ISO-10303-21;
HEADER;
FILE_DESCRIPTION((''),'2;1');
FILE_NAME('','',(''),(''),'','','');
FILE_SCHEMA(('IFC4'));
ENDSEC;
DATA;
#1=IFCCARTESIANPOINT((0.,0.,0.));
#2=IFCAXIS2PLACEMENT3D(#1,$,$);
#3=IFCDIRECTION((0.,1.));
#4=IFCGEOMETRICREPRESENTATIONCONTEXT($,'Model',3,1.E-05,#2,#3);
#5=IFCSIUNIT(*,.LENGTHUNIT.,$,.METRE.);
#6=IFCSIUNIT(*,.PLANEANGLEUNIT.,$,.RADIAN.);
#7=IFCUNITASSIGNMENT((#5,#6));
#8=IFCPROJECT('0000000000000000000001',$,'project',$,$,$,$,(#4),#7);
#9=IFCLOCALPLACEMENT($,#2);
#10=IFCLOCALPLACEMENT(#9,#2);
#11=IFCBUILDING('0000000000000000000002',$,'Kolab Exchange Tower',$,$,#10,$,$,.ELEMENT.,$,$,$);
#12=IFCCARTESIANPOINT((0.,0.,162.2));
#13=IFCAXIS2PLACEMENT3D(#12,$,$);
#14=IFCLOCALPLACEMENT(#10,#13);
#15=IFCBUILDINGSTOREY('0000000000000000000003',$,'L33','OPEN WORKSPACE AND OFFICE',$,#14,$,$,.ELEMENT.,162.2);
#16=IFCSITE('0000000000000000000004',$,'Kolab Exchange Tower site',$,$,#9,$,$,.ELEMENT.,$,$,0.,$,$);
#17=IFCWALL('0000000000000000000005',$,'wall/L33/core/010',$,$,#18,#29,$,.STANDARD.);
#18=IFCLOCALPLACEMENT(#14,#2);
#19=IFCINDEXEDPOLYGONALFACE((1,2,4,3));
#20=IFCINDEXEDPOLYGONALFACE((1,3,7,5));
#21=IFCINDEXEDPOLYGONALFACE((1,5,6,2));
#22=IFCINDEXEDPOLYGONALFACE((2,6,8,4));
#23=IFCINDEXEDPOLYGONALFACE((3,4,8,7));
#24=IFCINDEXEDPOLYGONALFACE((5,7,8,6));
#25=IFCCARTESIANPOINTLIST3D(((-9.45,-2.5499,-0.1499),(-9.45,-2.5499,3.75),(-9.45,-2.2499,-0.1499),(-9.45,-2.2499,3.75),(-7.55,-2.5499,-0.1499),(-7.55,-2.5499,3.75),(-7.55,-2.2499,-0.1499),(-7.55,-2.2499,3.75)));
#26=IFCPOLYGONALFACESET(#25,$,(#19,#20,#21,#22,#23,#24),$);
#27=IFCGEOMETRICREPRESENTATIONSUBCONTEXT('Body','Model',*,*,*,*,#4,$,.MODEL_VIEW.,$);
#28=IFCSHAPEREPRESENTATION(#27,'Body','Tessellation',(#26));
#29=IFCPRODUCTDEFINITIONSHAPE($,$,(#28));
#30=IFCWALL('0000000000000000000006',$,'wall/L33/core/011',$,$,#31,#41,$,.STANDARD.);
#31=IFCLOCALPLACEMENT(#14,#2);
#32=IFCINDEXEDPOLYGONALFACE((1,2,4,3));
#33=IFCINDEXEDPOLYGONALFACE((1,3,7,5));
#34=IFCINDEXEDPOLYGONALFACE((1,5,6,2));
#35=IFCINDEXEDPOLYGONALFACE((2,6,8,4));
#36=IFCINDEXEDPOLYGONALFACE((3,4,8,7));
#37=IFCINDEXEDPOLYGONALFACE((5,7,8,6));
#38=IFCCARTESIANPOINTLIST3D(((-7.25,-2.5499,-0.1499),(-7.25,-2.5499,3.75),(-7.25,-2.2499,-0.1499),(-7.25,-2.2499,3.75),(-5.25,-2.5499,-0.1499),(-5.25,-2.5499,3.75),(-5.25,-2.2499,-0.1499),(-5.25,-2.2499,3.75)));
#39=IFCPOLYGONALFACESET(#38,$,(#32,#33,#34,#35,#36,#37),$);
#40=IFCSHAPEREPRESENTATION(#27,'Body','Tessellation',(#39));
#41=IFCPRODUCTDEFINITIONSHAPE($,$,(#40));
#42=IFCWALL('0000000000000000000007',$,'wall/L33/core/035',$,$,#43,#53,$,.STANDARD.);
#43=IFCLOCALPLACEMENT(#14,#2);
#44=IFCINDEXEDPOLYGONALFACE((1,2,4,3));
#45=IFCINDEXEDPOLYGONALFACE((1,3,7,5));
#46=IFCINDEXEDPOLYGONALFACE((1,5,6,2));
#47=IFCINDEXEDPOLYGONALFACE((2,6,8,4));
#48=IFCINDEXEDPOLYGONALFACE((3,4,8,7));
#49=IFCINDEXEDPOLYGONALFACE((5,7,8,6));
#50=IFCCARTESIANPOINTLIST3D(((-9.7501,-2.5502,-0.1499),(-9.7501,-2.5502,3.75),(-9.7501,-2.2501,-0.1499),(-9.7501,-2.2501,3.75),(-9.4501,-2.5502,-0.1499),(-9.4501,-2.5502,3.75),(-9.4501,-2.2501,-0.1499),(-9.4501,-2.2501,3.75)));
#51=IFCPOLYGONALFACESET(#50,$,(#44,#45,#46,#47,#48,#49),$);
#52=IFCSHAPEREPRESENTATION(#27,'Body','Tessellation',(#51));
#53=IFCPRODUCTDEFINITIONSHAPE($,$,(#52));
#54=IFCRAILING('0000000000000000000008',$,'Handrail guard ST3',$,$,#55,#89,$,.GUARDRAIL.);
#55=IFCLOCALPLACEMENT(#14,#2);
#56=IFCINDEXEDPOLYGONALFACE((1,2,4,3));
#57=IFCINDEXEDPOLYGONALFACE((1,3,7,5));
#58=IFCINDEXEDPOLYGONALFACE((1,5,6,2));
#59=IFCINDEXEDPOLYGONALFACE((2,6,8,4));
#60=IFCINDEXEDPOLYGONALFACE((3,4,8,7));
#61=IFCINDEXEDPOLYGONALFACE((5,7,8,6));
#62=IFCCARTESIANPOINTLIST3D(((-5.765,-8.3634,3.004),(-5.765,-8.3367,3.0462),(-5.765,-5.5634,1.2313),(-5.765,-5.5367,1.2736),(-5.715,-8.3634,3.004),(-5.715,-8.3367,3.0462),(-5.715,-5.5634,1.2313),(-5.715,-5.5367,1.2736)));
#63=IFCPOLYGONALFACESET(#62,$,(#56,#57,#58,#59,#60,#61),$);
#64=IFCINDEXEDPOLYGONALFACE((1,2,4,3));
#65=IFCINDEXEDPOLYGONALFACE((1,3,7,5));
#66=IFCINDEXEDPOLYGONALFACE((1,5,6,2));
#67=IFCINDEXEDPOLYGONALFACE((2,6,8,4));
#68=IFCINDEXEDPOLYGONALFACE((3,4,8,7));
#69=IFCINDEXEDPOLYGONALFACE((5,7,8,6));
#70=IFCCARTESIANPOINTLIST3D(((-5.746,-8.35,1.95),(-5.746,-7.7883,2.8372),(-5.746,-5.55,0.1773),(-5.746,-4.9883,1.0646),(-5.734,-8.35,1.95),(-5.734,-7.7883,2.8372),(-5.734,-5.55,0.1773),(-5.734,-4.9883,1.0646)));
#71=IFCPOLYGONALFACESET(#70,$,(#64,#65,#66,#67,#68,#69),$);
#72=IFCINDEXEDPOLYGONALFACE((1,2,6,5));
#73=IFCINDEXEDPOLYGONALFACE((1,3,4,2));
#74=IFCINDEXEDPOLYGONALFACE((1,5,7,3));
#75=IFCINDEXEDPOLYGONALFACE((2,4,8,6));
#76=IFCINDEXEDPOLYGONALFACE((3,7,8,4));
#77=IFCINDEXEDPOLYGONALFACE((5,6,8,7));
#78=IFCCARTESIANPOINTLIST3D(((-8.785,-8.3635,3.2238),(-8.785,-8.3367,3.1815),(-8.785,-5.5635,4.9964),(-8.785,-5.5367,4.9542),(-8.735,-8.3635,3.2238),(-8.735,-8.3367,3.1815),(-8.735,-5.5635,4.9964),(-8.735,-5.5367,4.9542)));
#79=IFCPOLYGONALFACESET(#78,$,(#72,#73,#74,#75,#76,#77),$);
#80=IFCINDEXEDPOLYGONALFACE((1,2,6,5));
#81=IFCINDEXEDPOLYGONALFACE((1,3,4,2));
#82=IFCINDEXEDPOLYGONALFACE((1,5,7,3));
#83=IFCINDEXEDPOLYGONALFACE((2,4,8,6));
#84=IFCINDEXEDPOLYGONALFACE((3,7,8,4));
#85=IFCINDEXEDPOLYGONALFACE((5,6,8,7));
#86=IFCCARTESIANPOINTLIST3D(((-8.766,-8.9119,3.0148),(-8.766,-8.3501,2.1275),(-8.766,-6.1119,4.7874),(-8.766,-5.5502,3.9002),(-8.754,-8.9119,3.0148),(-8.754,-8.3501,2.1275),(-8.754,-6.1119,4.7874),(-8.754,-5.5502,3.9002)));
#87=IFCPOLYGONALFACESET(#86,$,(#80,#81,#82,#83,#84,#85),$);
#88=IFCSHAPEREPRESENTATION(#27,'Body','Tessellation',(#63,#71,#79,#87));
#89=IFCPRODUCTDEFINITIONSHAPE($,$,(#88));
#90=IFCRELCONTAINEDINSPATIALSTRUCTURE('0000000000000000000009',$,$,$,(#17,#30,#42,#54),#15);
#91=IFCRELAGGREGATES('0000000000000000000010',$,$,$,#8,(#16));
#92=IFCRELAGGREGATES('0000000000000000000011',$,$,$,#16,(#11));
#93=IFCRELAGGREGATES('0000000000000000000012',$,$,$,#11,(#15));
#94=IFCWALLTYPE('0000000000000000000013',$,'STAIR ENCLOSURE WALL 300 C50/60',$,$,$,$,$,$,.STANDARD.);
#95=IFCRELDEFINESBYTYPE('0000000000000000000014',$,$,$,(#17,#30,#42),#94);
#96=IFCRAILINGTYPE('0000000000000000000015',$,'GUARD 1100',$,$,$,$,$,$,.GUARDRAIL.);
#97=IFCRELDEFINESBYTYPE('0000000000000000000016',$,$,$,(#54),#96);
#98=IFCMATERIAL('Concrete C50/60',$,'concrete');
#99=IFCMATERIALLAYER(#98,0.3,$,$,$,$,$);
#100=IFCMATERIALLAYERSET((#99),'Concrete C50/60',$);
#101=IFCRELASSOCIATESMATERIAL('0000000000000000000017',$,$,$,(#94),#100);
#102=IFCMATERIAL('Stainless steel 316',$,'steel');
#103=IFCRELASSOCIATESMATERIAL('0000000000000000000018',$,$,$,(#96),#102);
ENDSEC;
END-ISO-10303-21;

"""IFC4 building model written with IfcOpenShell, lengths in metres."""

from ifc_helpers import new_model, si_unit, direction, frame, frame_2d, origin, origin_2d, place, context, subcontext, project, spatial, rectangle, extrude, material, layer, layer_set, type_object, element, save


model = new_model("IFC4")

# Units and contexts
model_context = context("Model", 3, precision=1e-05, world=origin(), true_north=direction((0.0, 1.0)))
body_context = subcontext(model_context, "Body", "Model", "MODEL_VIEW")
ifc_project = project(units=[si_unit("LENGTHUNIT", "METRE"), si_unit("PLANEANGLEUNIT", "RADIAN")], contexts=[model_context])

# Site, building, storey
site_placement = place(None, origin())
site = spatial("IfcSite", under=ifc_project, at=site_placement, Name="Kolab Exchange Tower site", CompositionType="ELEMENT", RefElevation=0.0)
building_placement = place(site_placement, origin())
building = spatial("IfcBuilding", under=site, at=building_placement, Name="Kolab Exchange Tower", CompositionType="ELEMENT")
storey_placement = place(building_placement, frame((0.0, 0.0, 162.2)))
storey = spatial("IfcBuildingStorey", under=building, at=storey_placement, Name="L33", Description="OPEN WORKSPACE AND OFFICE", CompositionType="ELEMENT", Elevation=162.2)

# Shared definitions
ifc_material_1 = material(Name="Concrete C50/60", Category="concrete")
ifc_material_2 = material(Name="Stainless steel 316", Category="steel")

# Walls
ifc_layer_1 = layer(ifc_material_1, 0.3)
ifc_layer_set_1 = layer_set([ifc_layer_1], Name="Concrete C50/60")
wall_type_1 = type_object("IfcWallType", Name="STAIR ENCLOSURE WALL 300 C50/60", PredefinedType="STANDARD", material=ifc_layer_set_1)
wall_1_placement = place(storey_placement, frame((-9.45, -2.3999, -0.1499), z_axis=(0.0, 0.0, 1.0), x_axis=(1.0, 0.0, 0.0)))
element("IfcWall", 1, at=wall_1_placement, inside=storey, type_object=wall_type_1, Name="wall/L33/core/010", PredefinedType="STANDARD", context=body_context, shape_type="SweptSolid", body=[
    extrude(rectangle(XDim=1.8999, YDim=0.3, at=frame_2d((0.95, 0.0))), origin(), (0.0, 0.0, 1.0), 3.8999),
])
wall_2_placement = place(storey_placement, frame((-7.25, -2.3999, -0.1499), z_axis=(0.0, 0.0, 1.0), x_axis=(1.0, 0.0, 0.0)))
element("IfcWall", 2, at=wall_2_placement, inside=storey, type_object=wall_type_1, Name="wall/L33/core/011", PredefinedType="STANDARD", context=body_context, shape_type="SweptSolid", body=[
    extrude(rectangle(XDim=2.0, YDim=0.3, at=frame_2d((1.0, 0.0))), origin(), (0.0, 0.0, 1.0), 3.8999),
])
wall_3_placement = place(storey_placement, frame((-9.6001, -2.55, -0.1499), z_axis=(0.0, 0.0, 1.0), x_axis=(0.0, 1.0, 0.0)))
element("IfcWall", 3, at=wall_3_placement, inside=storey, type_object=wall_type_1, Name="wall/L33/core/035", PredefinedType="STANDARD", context=body_context, shape_type="SweptSolid", body=[
    extrude(rectangle(XDim=0.3, YDim=0.3, at=frame_2d((0.1499, 0.0))), origin(), (0.0, 0.0, 1.0), 3.8999),
])

# Railing
railing_type = type_object("IfcRailingType", Name="GUARD 1100", PredefinedType="GUARDRAIL", material=ifc_material_2)
railing_placement = place(storey_placement, frame((-5.74, -5.55, 0.1772)))
element("IfcRailing", 4, at=railing_placement, inside=storey, type_object=railing_type, Name="Handrail guard ST3", PredefinedType="GUARDRAIL", context=body_context, shape_type="SweptSolid", body=[
    extrude(rectangle(XDim=0.05, YDim=0.05, at=origin_2d()), frame((0.0, 0.0, 1.0752), z_axis=(0.0, -0.844909, 0.53491), x_axis=(1.0, 0.0, 0.0)), (0.0, 0.0, 1.0), 3.314),
    extrude(rectangle(XDim=0.012, YDim=1.0501, at=frame_2d((0.0, 0.5251))), frame((0.0, 0.0, 0.0), z_axis=(0.0, -0.844909, 0.53491), x_axis=(1.0, 0.0, 0.0)), (0.0, 0.0, 1.0), 3.314),
    extrude(rectangle(XDim=0.05, YDim=0.05, at=origin_2d()), frame((-3.02, -2.8, 3.0254), z_axis=(0.0, 0.844909, 0.53491), x_axis=(-1.0, 0.0, 0.0)), (0.0, 0.0, 1.0), 3.314),
    extrude(rectangle(XDim=0.012, YDim=1.0501, at=frame_2d((0.0, 0.5251))), frame((-3.02, -2.8, 1.9502), z_axis=(0.0, 0.844909, 0.53491), x_axis=(-1.0, 0.0, 0.0)), (0.0, 0.0, 1.0), 3.314),
])

save(model, "model.ifc")
